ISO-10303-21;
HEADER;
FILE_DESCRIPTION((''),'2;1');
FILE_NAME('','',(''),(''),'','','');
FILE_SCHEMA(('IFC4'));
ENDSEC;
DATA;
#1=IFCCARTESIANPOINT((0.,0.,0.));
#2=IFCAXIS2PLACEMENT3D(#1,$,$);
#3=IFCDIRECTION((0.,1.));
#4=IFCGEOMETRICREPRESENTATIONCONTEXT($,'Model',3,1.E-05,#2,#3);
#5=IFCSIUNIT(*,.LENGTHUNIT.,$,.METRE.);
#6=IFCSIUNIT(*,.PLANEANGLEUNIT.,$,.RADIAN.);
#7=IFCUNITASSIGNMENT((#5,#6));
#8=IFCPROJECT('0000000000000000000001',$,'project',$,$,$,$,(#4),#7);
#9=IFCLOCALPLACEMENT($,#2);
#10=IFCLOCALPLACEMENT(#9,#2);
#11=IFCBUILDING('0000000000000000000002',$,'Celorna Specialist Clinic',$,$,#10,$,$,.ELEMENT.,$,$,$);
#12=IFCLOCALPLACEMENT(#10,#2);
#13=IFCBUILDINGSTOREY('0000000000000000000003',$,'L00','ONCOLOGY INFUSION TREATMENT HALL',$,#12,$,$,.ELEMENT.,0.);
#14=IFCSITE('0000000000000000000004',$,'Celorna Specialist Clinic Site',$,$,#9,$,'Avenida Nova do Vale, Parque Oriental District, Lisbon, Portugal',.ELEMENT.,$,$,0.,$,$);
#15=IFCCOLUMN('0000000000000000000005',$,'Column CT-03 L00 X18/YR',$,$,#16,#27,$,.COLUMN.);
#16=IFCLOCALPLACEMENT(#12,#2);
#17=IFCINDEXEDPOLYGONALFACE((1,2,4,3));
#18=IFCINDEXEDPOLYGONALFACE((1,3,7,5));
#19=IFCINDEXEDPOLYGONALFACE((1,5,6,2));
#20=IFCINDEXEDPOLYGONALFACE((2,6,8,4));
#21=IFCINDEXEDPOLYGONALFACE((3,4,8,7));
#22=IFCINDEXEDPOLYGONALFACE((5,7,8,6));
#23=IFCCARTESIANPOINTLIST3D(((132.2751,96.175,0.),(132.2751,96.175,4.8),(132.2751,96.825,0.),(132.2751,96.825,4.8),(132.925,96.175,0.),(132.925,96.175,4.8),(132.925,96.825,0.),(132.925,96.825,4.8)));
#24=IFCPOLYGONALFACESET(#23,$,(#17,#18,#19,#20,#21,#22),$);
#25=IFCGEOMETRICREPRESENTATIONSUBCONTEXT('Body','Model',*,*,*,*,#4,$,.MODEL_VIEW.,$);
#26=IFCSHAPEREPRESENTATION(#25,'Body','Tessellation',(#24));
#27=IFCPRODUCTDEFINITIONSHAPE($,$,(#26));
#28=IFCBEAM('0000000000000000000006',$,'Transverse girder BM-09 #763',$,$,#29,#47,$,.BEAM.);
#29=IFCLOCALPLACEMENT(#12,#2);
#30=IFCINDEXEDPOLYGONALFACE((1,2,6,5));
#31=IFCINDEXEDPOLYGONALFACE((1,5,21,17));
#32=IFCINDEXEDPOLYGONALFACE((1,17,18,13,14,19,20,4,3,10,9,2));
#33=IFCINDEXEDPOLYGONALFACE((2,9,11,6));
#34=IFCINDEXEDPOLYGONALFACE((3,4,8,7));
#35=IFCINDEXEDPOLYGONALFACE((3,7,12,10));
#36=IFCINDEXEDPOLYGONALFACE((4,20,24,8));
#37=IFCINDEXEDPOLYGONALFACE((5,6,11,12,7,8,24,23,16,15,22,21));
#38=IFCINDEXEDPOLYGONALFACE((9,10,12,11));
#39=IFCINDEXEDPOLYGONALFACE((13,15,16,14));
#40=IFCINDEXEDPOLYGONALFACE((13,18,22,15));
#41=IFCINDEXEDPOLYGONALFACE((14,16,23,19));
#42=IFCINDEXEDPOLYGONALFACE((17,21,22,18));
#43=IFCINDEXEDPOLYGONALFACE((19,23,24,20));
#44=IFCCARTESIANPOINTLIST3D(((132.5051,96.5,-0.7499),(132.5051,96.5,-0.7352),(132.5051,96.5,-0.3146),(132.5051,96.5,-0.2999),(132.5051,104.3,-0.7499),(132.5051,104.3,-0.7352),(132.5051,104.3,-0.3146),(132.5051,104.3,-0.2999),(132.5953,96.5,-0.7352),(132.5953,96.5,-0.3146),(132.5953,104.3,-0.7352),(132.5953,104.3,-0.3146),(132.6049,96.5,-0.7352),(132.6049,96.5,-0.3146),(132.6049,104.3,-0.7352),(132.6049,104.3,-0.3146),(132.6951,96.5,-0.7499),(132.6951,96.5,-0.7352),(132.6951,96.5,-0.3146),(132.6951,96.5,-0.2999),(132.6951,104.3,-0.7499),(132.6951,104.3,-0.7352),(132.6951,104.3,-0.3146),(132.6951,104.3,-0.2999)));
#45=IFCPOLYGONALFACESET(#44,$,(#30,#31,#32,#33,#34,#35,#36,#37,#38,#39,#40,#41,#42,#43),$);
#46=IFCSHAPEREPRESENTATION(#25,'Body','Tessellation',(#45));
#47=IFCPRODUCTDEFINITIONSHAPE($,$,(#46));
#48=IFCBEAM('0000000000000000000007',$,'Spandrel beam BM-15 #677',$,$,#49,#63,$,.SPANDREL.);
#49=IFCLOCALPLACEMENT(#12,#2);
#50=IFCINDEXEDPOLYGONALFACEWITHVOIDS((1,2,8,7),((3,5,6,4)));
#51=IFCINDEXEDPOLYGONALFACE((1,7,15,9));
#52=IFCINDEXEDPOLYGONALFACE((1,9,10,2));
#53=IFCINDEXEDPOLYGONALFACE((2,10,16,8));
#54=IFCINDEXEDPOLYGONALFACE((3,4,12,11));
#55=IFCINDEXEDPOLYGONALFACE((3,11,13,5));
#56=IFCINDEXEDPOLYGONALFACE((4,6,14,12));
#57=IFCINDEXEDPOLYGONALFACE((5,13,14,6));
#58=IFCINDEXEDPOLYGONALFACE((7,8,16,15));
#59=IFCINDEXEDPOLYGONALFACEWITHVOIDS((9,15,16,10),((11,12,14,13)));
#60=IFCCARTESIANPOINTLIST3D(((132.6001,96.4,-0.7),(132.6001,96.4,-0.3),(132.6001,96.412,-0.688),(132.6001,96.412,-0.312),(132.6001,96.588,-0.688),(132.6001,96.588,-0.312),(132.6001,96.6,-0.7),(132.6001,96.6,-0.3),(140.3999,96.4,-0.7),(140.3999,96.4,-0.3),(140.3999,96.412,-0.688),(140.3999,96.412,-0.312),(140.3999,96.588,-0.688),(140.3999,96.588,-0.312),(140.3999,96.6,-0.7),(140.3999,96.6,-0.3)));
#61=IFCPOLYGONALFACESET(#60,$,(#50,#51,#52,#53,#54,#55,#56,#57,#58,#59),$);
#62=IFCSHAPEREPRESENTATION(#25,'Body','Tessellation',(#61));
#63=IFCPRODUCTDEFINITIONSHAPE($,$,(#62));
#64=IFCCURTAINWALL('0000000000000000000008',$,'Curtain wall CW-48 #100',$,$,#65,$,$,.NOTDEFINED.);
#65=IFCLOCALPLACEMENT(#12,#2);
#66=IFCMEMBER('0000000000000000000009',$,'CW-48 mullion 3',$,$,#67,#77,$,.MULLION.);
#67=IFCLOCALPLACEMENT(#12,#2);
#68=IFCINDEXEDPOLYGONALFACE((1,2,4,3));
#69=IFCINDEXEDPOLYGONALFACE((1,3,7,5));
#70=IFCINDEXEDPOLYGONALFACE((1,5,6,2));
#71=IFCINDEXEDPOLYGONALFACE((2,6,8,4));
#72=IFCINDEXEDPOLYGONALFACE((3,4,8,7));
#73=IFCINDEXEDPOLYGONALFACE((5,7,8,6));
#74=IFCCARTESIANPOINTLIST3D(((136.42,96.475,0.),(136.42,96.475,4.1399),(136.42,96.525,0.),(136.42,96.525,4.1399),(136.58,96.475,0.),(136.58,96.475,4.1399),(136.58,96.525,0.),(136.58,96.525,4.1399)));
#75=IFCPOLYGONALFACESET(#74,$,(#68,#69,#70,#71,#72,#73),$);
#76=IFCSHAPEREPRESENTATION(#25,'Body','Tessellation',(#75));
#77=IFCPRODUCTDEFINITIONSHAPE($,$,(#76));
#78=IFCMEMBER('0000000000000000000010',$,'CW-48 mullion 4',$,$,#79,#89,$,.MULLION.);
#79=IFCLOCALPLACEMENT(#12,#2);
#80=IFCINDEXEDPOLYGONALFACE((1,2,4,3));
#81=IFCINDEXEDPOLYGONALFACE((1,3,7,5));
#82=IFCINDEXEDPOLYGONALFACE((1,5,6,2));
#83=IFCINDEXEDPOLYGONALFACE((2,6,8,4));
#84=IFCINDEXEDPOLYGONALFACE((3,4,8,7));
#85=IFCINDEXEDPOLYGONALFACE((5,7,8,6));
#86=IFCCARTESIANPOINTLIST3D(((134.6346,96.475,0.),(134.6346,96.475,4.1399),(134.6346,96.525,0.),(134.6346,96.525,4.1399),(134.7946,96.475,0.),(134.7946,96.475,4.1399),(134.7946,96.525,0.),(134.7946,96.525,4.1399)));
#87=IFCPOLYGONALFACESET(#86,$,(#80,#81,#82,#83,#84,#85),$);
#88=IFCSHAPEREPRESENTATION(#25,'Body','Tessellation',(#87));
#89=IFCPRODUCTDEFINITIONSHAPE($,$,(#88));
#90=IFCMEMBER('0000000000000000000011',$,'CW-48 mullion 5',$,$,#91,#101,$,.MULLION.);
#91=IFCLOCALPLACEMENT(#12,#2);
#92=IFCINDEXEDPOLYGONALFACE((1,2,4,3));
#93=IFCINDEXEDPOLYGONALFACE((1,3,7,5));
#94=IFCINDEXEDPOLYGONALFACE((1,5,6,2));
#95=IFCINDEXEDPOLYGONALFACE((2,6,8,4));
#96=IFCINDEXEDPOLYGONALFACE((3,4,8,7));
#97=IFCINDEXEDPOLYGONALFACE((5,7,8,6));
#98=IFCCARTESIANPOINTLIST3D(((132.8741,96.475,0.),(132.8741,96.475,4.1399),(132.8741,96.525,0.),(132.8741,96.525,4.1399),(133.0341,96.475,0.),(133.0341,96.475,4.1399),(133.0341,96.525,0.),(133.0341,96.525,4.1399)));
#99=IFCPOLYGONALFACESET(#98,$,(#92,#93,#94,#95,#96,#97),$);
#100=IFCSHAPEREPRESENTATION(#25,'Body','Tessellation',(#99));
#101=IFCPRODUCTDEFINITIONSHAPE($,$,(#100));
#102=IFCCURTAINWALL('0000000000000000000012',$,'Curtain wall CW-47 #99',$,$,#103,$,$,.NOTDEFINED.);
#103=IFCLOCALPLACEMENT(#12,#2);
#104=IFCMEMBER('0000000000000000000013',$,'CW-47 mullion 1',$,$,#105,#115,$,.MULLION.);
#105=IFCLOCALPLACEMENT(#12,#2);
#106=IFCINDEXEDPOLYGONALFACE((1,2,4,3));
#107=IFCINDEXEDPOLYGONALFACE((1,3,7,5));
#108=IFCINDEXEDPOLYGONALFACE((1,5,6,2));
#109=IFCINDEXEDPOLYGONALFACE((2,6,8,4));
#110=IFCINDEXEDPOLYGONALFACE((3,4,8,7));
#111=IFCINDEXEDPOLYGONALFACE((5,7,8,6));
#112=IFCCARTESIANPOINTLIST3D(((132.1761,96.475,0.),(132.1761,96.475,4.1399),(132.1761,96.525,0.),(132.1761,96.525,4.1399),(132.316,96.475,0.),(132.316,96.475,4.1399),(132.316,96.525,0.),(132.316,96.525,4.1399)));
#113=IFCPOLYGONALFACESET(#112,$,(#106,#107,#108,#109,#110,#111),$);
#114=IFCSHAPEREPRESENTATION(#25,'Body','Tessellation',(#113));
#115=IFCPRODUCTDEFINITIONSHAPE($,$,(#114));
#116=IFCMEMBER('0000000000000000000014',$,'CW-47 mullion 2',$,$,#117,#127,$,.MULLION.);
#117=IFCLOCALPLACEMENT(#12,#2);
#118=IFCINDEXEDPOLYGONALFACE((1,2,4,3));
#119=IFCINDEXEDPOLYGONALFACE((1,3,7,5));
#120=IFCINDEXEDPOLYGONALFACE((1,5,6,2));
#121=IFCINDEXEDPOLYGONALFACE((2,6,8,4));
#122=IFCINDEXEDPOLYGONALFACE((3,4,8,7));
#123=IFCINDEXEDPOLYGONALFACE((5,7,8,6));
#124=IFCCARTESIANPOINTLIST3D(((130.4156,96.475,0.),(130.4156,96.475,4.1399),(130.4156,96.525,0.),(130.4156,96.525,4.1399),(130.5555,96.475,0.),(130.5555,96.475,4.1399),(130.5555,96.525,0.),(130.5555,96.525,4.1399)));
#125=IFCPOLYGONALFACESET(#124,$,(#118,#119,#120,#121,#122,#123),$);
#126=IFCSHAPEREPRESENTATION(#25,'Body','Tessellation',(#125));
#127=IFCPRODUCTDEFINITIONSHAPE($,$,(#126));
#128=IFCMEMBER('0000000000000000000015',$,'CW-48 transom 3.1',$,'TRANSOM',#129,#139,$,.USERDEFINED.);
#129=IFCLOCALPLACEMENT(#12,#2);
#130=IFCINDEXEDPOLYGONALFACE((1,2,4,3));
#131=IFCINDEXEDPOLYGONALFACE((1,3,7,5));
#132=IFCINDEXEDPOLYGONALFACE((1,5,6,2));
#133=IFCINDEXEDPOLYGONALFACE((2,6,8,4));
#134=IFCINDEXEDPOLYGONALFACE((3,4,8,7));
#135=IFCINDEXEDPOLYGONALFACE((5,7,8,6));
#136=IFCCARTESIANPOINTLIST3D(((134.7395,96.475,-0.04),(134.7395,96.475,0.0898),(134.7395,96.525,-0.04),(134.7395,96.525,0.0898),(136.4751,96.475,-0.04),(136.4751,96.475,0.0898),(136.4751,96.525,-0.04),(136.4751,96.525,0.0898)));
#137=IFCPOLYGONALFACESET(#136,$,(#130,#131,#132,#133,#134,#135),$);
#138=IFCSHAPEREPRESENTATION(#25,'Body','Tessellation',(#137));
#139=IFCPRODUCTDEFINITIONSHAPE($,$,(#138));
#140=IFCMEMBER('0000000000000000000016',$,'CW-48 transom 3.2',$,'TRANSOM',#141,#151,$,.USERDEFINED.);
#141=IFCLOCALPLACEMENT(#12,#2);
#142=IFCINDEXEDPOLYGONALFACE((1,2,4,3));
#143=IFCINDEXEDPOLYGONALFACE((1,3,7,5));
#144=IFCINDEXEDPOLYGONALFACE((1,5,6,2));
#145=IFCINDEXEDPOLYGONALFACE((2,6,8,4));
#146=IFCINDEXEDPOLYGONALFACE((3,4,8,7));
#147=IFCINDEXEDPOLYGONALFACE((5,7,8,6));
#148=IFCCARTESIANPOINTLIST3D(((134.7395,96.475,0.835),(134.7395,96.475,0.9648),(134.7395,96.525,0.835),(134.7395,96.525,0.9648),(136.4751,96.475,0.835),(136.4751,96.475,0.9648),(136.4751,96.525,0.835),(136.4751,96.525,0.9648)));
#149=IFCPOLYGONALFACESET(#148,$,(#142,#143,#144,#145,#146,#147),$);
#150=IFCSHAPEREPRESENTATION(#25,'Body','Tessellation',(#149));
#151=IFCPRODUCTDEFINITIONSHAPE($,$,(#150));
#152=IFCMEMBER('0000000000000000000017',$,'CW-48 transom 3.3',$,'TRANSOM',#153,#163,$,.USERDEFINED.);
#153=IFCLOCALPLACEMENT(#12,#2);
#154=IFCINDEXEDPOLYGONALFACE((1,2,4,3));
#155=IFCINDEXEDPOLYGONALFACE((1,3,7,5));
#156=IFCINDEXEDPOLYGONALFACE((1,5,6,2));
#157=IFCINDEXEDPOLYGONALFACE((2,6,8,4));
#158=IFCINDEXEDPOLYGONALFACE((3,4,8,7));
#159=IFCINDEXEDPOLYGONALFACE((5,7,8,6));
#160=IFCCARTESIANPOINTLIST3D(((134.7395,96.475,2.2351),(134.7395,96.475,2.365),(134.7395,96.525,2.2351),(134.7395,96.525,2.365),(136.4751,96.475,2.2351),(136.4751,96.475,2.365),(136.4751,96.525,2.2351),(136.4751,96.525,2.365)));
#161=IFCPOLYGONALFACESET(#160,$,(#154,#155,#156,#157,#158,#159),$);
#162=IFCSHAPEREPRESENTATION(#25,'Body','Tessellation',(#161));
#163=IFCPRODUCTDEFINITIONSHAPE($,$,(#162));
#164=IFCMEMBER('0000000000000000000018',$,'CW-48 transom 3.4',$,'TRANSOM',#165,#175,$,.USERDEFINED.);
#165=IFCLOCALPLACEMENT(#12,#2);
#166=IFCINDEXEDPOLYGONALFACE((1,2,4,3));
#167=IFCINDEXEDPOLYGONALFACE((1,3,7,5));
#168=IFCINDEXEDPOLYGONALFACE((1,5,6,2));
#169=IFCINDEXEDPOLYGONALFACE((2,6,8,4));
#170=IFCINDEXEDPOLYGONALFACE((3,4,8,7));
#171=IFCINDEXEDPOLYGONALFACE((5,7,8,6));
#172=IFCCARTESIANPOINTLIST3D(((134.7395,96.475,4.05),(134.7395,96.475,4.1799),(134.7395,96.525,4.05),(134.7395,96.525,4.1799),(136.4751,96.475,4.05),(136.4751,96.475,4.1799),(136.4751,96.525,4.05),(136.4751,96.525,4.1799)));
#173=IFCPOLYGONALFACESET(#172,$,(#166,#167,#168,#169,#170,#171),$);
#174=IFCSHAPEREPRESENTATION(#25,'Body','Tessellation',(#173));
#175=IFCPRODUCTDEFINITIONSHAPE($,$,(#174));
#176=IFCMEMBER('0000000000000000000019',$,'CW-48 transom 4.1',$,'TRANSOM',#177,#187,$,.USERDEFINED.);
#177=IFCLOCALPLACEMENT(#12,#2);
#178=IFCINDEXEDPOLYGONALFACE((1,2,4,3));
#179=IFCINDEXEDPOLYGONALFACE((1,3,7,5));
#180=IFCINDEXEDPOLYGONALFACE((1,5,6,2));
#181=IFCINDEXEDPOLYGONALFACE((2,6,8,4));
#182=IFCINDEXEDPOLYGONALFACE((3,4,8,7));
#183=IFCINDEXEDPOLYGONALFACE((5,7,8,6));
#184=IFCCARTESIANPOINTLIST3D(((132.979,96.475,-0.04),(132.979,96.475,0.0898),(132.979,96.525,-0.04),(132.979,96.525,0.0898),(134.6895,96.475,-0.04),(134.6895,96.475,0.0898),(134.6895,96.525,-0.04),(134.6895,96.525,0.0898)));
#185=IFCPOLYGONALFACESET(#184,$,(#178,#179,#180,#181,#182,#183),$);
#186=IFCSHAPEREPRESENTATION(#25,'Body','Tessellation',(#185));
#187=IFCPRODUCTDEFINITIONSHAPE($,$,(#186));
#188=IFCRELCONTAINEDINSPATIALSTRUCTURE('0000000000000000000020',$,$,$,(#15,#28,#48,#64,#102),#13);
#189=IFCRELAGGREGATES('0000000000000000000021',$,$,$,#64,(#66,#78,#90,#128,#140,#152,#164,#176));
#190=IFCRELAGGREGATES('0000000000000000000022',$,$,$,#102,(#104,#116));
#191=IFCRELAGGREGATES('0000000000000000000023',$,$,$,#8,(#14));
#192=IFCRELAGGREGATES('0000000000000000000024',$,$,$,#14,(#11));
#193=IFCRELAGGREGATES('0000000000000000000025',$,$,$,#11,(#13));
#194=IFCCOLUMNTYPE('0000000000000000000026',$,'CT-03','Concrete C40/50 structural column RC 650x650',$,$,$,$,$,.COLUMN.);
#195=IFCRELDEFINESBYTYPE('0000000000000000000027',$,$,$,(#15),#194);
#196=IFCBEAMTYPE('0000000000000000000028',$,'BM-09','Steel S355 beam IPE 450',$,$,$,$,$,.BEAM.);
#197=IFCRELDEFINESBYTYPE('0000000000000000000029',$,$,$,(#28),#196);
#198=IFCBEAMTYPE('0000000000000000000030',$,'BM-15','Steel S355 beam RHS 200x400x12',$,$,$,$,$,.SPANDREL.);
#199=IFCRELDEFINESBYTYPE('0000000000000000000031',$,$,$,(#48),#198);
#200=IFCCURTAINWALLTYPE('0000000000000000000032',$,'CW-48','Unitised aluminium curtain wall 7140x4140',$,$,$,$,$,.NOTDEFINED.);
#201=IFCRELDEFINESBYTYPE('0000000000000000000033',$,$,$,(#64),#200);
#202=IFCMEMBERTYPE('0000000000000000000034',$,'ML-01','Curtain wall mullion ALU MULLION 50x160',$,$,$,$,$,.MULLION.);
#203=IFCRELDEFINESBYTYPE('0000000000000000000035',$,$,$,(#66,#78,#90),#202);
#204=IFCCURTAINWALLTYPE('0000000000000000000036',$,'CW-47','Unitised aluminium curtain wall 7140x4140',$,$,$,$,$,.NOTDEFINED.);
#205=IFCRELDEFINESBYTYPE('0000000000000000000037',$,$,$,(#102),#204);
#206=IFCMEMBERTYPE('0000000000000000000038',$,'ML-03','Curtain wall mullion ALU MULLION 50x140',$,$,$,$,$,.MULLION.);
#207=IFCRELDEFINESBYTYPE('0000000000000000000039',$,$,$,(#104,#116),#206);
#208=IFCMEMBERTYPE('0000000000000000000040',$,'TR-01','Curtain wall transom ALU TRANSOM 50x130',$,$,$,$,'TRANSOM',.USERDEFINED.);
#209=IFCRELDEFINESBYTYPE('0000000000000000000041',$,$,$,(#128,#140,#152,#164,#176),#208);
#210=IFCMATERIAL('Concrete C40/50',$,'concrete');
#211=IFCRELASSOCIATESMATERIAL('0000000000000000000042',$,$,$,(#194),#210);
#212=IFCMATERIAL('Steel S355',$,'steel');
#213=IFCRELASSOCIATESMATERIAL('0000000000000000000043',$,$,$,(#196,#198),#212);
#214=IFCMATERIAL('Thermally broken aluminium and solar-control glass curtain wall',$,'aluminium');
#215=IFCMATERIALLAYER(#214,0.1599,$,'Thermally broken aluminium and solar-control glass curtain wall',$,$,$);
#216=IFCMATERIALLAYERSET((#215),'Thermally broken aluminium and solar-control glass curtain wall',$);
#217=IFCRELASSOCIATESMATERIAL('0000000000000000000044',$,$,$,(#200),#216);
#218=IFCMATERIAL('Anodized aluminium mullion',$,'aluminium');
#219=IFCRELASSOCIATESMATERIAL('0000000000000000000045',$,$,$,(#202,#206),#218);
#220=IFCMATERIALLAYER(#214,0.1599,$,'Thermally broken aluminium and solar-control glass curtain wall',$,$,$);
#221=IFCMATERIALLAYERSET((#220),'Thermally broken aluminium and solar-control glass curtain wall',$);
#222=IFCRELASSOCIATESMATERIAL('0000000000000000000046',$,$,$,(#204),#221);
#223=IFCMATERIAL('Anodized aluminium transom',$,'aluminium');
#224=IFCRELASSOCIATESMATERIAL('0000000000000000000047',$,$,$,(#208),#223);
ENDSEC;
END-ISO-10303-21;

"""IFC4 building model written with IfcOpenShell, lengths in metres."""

from ifc_helpers import new_model, si_unit, direction, frame, origin, origin_2d, place, context, subcontext, project, spatial, rectangle, hollow_rectangle, i_section, extrude, material, layer, layer_set, material_profile, profile_set, type_object, element, aggregate, save


model = new_model("IFC4")

# Units and contexts
model_context = context("Model", 3, precision=1e-05, world=origin(), true_north=direction((0.0, 1.0)))
body_context = subcontext(model_context, "Body", "Model", "MODEL_VIEW")
ifc_project = project(units=[si_unit("LENGTHUNIT", "METRE"), si_unit("PLANEANGLEUNIT", "RADIAN")], contexts=[model_context])

# Site, building, storey
site_placement = place(None, origin())
site = spatial("IfcSite", under=ifc_project, at=site_placement, Name="Celorna Specialist Clinic Site", LongName="Avenida Nova do Vale, Parque Oriental District, Lisbon, Portugal", CompositionType="ELEMENT", RefElevation=0.0)
building_placement = place(site_placement, origin())
building = spatial("IfcBuilding", under=site, at=building_placement, Name="Celorna Specialist Clinic", CompositionType="ELEMENT")
storey_placement = place(building_placement, origin())
storey = spatial("IfcBuildingStorey", under=building, at=storey_placement, Name="L00", Description="ONCOLOGY INFUSION TREATMENT HALL", CompositionType="ELEMENT", Elevation=0.0)

# Column
ifc_material_1 = material(Name="Concrete C40/50", Category="concrete")
ifc_material_profile_1 = material_profile(ifc_material_1, rectangle(XDim=0.6499, YDim=0.6499, at=origin_2d()), Name="RC 650x650")
ifc_profile_set_1 = profile_set([ifc_material_profile_1], Name="Concrete C40/50")
column_type = type_object("IfcColumnType", Name="CT-03", Description="Concrete C40/50 structural column RC 650x650", PredefinedType="COLUMN", material=ifc_profile_set_1)
column_placement = place(storey_placement, frame((132.6001, 96.5, 0.0), z_axis=(0.0, 0.0, 1.0), x_axis=(1.0, 0.0, 0.0)))
element("IfcColumn", 1, at=column_placement, inside=storey, type_object=column_type, Name="Column CT-03 L00 X18/YR", PredefinedType="COLUMN", context=body_context, shape_type="SweptSolid", body=[
    extrude(rectangle(XDim=0.6499, YDim=0.6499, at=origin_2d()), origin(), (0.0, 0.0, 1.0), 4.8),
])

# Beams
ifc_material_2 = material(Name="Steel S355", Category="steel")
ifc_material_profile_2 = material_profile(ifc_material_2, i_section(OverallWidth=0.1899, OverallDepth=0.45, WebThickness=0.0095, FlangeThickness=0.0146, at=origin_2d()), Name="IPE 450")
ifc_profile_set_2 = profile_set([ifc_material_profile_2], Name="Steel S355")
beam_type_1 = type_object("IfcBeamType", Name="BM-09", Description="Steel S355 beam IPE 450", PredefinedType="BEAM", material=ifc_profile_set_2)
beam_1_placement = place(storey_placement, frame((132.6001, 96.5, -0.5249), z_axis=(0.0, 1.0, 0.0), x_axis=(-1.0, 0.0, 0.0)))
element("IfcBeam", 2, at=beam_1_placement, inside=storey, type_object=beam_type_1, Name="Transverse girder BM-09 #763", PredefinedType="BEAM", context=body_context, shape_type="SweptSolid", body=[
    extrude(i_section(OverallWidth=0.1899, OverallDepth=0.45, WebThickness=0.0095, FlangeThickness=0.0146, at=origin_2d()), origin(), (0.0, 0.0, 1.0), 7.8),
])
ifc_material_profile_3 = material_profile(ifc_material_2, hollow_rectangle(XDim=0.2, YDim=0.3999, WallThickness=0.012, at=origin_2d()), Name="RHS 200x400x12")
ifc_profile_set_3 = profile_set([ifc_material_profile_3], Name="Steel S355")
beam_type_2 = type_object("IfcBeamType", Name="BM-15", Description="Steel S355 beam RHS 200x400x12", PredefinedType="SPANDREL", material=ifc_profile_set_3)
beam_2_placement = place(storey_placement, frame((132.6001, 96.5, -0.5), z_axis=(1.0, 0.0, 0.0), x_axis=(0.0, 1.0, 0.0)))
element("IfcBeam", 3, at=beam_2_placement, inside=storey, type_object=beam_type_2, Name="Spandrel beam BM-15 #677", PredefinedType="SPANDREL", context=body_context, shape_type="SweptSolid", body=[
    extrude(hollow_rectangle(XDim=0.2, YDim=0.3999, WallThickness=0.012, at=origin_2d()), origin(), (0.0, 0.0, 1.0), 7.7998),
])

# Curtain walls, members
ifc_material_3 = material(Name="Thermally broken aluminium and solar-control glass curtain wall", Category="aluminium")
ifc_layer_1 = layer(ifc_material_3, 0.1599, Name="Thermally broken aluminium and solar-control glass curtain wall")
ifc_layer_set_1 = layer_set([ifc_layer_1], Name="Thermally broken aluminium and solar-control glass curtain wall")
curtain_wall_type_1 = type_object("IfcCurtainWallType", Name="CW-48", Description="Unitised aluminium curtain wall 7140x4140", PredefinedType="NOTDEFINED", material=ifc_layer_set_1)
curtain_wall_1_placement = place(storey_placement, origin())
curtain_wall_1 = element("IfcCurtainWall", 4, at=curtain_wall_1_placement, inside=storey, type_object=curtain_wall_type_1, Name="Curtain wall CW-48 #100", PredefinedType="NOTDEFINED")
ifc_material_4 = material(Name="Anodized aluminium mullion", Category="aluminium")
ifc_material_profile_4 = material_profile(ifc_material_4, rectangle(XDim=0.05, YDim=0.1599, at=origin_2d()), Name="ALU MULLION 50x160")
ifc_profile_set_4 = profile_set([ifc_material_profile_4], Name="Anodized aluminium mullion")
member_type_1 = type_object("IfcMemberType", Name="ML-01", Description="Curtain wall mullion ALU MULLION 50x160", PredefinedType="MULLION", material=ifc_profile_set_4)
member_1_placement = place(storey_placement, frame((136.5, 96.5, 0.0), z_axis=(0.0, 0.0, 1.0), x_axis=(0.0, -1.0, 0.0)))
member_1 = element("IfcMember", 5, at=member_1_placement, type_object=member_type_1, Name="CW-48 mullion 3", PredefinedType="MULLION", context=body_context, shape_type="SweptSolid", body=[
    extrude(rectangle(XDim=0.05, YDim=0.1599, at=origin_2d()), origin(), (0.0, 0.0, 1.0), 4.1399),
])
member_2_placement = place(storey_placement, frame((134.7146, 96.5, 0.0), z_axis=(0.0, 0.0, 1.0), x_axis=(0.0, -1.0, 0.0)))
member_2 = element("IfcMember", 6, at=member_2_placement, type_object=member_type_1, Name="CW-48 mullion 4", PredefinedType="MULLION", context=body_context, shape_type="SweptSolid", body=[
    extrude(rectangle(XDim=0.05, YDim=0.1599, at=origin_2d()), origin(), (0.0, 0.0, 1.0), 4.1399),
])
member_3_placement = place(storey_placement, frame((132.9541, 96.5, 0.0), z_axis=(0.0, 0.0, 1.0), x_axis=(0.0, -1.0, 0.0)))
member_3 = element("IfcMember", 7, at=member_3_placement, type_object=member_type_1, Name="CW-48 mullion 5", PredefinedType="MULLION", context=body_context, shape_type="SweptSolid", body=[
    extrude(rectangle(XDim=0.05, YDim=0.1599, at=origin_2d()), origin(), (0.0, 0.0, 1.0), 4.1399),
])
ifc_layer_2 = layer(ifc_material_3, 0.1599, Name="Thermally broken aluminium and solar-control glass curtain wall")
ifc_layer_set_2 = layer_set([ifc_layer_2], Name="Thermally broken aluminium and solar-control glass curtain wall")
curtain_wall_type_2 = type_object("IfcCurtainWallType", Name="CW-47", Description="Unitised aluminium curtain wall 7140x4140", PredefinedType="NOTDEFINED", material=ifc_layer_set_2)
curtain_wall_2_placement = place(storey_placement, origin())
curtain_wall_2 = element("IfcCurtainWall", 8, at=curtain_wall_2_placement, inside=storey, type_object=curtain_wall_type_2, Name="Curtain wall CW-47 #99", PredefinedType="NOTDEFINED")
ifc_material_profile_5 = material_profile(ifc_material_4, rectangle(XDim=0.05, YDim=0.1399, at=origin_2d()), Name="ALU MULLION 50x140")
ifc_profile_set_5 = profile_set([ifc_material_profile_5], Name="Anodized aluminium mullion")
member_type_2 = type_object("IfcMemberType", Name="ML-03", Description="Curtain wall mullion ALU MULLION 50x140", PredefinedType="MULLION", material=ifc_profile_set_5)
member_4_placement = place(storey_placement, frame((132.2461, 96.5, 0.0), z_axis=(0.0, 0.0, 1.0), x_axis=(0.0, -1.0, 0.0)))
member_4 = element("IfcMember", 9, at=member_4_placement, type_object=member_type_2, Name="CW-47 mullion 1", PredefinedType="MULLION", context=body_context, shape_type="SweptSolid", body=[
    extrude(rectangle(XDim=0.05, YDim=0.1399, at=origin_2d()), origin(), (0.0, 0.0, 1.0), 4.1399),
])
member_5_placement = place(storey_placement, frame((130.4856, 96.5, 0.0), z_axis=(0.0, 0.0, 1.0), x_axis=(0.0, -1.0, 0.0)))
member_5 = element("IfcMember", 10, at=member_5_placement, type_object=member_type_2, Name="CW-47 mullion 2", PredefinedType="MULLION", context=body_context, shape_type="SweptSolid", body=[
    extrude(rectangle(XDim=0.05, YDim=0.1399, at=origin_2d()), origin(), (0.0, 0.0, 1.0), 4.1399),
])

# Members
ifc_material_5 = material(Name="Anodized aluminium transom", Category="aluminium")
ifc_material_profile_6 = material_profile(ifc_material_5, rectangle(XDim=0.05, YDim=0.1299, at=origin_2d()), Name="ALU TRANSOM 50x130")
ifc_profile_set_6 = profile_set([ifc_material_profile_6], Name="Anodized aluminium transom")
member_type_3 = type_object("IfcMemberType", Name="TR-01", Description="Curtain wall transom ALU TRANSOM 50x130", ElementType="TRANSOM", PredefinedType="USERDEFINED", material=ifc_profile_set_6)
member_6_placement = place(storey_placement, frame((136.4751, 96.5, 0.0249), z_axis=(-1.0, 0.0, 0.0), x_axis=(0.0, -1.0, 0.0)))
member_6 = element("IfcMember", 11, at=member_6_placement, type_object=member_type_3, Name="CW-48 transom 3.1", ObjectType="TRANSOM", PredefinedType="USERDEFINED", context=body_context, shape_type="SweptSolid", body=[
    extrude(rectangle(XDim=0.05, YDim=0.1299, at=origin_2d()), origin(), (0.0, 0.0, 1.0), 1.7356),
])
member_7_placement = place(storey_placement, frame((136.4751, 96.5, 0.8999), z_axis=(-1.0, 0.0, 0.0), x_axis=(0.0, -1.0, 0.0)))
member_7 = element("IfcMember", 12, at=member_7_placement, type_object=member_type_3, Name="CW-48 transom 3.2", ObjectType="TRANSOM", PredefinedType="USERDEFINED", context=body_context, shape_type="SweptSolid", body=[
    extrude(rectangle(XDim=0.05, YDim=0.1299, at=origin_2d()), origin(), (0.0, 0.0, 1.0), 1.7356),
])
member_8_placement = place(storey_placement, frame((136.4751, 96.5, 2.3), z_axis=(-1.0, 0.0, 0.0), x_axis=(0.0, -1.0, 0.0)))
member_8 = element("IfcMember", 13, at=member_8_placement, type_object=member_type_3, Name="CW-48 transom 3.3", ObjectType="TRANSOM", PredefinedType="USERDEFINED", context=body_context, shape_type="SweptSolid", body=[
    extrude(rectangle(XDim=0.05, YDim=0.1299, at=origin_2d()), origin(), (0.0, 0.0, 1.0), 1.7356),
])
member_9_placement = place(storey_placement, frame((136.4751, 96.5, 4.115), z_axis=(-1.0, 0.0, 0.0), x_axis=(0.0, -1.0, 0.0)))
member_9 = element("IfcMember", 14, at=member_9_placement, type_object=member_type_3, Name="CW-48 transom 3.4", ObjectType="TRANSOM", PredefinedType="USERDEFINED", context=body_context, shape_type="SweptSolid", body=[
    extrude(rectangle(XDim=0.05, YDim=0.1299, at=origin_2d()), origin(), (0.0, 0.0, 1.0), 1.7356),
])
member_10_placement = place(storey_placement, frame((134.6895, 96.5, 0.0249), z_axis=(-1.0, 0.0, 0.0), x_axis=(0.0, -1.0, 0.0)))
member_10 = element("IfcMember", 15, at=member_10_placement, type_object=member_type_3, Name="CW-48 transom 4.1", ObjectType="TRANSOM", PredefinedType="USERDEFINED", context=body_context, shape_type="SweptSolid", body=[
    extrude(rectangle(XDim=0.05, YDim=0.1299, at=origin_2d()), origin(), (0.0, 0.0, 1.0), 1.7104),
])

aggregate(curtain_wall_1, [member_1, member_2, member_3, member_6, member_7, member_8, member_9, member_10])
aggregate(curtain_wall_2, [member_4, member_5])

save(model, "model.ifc")
